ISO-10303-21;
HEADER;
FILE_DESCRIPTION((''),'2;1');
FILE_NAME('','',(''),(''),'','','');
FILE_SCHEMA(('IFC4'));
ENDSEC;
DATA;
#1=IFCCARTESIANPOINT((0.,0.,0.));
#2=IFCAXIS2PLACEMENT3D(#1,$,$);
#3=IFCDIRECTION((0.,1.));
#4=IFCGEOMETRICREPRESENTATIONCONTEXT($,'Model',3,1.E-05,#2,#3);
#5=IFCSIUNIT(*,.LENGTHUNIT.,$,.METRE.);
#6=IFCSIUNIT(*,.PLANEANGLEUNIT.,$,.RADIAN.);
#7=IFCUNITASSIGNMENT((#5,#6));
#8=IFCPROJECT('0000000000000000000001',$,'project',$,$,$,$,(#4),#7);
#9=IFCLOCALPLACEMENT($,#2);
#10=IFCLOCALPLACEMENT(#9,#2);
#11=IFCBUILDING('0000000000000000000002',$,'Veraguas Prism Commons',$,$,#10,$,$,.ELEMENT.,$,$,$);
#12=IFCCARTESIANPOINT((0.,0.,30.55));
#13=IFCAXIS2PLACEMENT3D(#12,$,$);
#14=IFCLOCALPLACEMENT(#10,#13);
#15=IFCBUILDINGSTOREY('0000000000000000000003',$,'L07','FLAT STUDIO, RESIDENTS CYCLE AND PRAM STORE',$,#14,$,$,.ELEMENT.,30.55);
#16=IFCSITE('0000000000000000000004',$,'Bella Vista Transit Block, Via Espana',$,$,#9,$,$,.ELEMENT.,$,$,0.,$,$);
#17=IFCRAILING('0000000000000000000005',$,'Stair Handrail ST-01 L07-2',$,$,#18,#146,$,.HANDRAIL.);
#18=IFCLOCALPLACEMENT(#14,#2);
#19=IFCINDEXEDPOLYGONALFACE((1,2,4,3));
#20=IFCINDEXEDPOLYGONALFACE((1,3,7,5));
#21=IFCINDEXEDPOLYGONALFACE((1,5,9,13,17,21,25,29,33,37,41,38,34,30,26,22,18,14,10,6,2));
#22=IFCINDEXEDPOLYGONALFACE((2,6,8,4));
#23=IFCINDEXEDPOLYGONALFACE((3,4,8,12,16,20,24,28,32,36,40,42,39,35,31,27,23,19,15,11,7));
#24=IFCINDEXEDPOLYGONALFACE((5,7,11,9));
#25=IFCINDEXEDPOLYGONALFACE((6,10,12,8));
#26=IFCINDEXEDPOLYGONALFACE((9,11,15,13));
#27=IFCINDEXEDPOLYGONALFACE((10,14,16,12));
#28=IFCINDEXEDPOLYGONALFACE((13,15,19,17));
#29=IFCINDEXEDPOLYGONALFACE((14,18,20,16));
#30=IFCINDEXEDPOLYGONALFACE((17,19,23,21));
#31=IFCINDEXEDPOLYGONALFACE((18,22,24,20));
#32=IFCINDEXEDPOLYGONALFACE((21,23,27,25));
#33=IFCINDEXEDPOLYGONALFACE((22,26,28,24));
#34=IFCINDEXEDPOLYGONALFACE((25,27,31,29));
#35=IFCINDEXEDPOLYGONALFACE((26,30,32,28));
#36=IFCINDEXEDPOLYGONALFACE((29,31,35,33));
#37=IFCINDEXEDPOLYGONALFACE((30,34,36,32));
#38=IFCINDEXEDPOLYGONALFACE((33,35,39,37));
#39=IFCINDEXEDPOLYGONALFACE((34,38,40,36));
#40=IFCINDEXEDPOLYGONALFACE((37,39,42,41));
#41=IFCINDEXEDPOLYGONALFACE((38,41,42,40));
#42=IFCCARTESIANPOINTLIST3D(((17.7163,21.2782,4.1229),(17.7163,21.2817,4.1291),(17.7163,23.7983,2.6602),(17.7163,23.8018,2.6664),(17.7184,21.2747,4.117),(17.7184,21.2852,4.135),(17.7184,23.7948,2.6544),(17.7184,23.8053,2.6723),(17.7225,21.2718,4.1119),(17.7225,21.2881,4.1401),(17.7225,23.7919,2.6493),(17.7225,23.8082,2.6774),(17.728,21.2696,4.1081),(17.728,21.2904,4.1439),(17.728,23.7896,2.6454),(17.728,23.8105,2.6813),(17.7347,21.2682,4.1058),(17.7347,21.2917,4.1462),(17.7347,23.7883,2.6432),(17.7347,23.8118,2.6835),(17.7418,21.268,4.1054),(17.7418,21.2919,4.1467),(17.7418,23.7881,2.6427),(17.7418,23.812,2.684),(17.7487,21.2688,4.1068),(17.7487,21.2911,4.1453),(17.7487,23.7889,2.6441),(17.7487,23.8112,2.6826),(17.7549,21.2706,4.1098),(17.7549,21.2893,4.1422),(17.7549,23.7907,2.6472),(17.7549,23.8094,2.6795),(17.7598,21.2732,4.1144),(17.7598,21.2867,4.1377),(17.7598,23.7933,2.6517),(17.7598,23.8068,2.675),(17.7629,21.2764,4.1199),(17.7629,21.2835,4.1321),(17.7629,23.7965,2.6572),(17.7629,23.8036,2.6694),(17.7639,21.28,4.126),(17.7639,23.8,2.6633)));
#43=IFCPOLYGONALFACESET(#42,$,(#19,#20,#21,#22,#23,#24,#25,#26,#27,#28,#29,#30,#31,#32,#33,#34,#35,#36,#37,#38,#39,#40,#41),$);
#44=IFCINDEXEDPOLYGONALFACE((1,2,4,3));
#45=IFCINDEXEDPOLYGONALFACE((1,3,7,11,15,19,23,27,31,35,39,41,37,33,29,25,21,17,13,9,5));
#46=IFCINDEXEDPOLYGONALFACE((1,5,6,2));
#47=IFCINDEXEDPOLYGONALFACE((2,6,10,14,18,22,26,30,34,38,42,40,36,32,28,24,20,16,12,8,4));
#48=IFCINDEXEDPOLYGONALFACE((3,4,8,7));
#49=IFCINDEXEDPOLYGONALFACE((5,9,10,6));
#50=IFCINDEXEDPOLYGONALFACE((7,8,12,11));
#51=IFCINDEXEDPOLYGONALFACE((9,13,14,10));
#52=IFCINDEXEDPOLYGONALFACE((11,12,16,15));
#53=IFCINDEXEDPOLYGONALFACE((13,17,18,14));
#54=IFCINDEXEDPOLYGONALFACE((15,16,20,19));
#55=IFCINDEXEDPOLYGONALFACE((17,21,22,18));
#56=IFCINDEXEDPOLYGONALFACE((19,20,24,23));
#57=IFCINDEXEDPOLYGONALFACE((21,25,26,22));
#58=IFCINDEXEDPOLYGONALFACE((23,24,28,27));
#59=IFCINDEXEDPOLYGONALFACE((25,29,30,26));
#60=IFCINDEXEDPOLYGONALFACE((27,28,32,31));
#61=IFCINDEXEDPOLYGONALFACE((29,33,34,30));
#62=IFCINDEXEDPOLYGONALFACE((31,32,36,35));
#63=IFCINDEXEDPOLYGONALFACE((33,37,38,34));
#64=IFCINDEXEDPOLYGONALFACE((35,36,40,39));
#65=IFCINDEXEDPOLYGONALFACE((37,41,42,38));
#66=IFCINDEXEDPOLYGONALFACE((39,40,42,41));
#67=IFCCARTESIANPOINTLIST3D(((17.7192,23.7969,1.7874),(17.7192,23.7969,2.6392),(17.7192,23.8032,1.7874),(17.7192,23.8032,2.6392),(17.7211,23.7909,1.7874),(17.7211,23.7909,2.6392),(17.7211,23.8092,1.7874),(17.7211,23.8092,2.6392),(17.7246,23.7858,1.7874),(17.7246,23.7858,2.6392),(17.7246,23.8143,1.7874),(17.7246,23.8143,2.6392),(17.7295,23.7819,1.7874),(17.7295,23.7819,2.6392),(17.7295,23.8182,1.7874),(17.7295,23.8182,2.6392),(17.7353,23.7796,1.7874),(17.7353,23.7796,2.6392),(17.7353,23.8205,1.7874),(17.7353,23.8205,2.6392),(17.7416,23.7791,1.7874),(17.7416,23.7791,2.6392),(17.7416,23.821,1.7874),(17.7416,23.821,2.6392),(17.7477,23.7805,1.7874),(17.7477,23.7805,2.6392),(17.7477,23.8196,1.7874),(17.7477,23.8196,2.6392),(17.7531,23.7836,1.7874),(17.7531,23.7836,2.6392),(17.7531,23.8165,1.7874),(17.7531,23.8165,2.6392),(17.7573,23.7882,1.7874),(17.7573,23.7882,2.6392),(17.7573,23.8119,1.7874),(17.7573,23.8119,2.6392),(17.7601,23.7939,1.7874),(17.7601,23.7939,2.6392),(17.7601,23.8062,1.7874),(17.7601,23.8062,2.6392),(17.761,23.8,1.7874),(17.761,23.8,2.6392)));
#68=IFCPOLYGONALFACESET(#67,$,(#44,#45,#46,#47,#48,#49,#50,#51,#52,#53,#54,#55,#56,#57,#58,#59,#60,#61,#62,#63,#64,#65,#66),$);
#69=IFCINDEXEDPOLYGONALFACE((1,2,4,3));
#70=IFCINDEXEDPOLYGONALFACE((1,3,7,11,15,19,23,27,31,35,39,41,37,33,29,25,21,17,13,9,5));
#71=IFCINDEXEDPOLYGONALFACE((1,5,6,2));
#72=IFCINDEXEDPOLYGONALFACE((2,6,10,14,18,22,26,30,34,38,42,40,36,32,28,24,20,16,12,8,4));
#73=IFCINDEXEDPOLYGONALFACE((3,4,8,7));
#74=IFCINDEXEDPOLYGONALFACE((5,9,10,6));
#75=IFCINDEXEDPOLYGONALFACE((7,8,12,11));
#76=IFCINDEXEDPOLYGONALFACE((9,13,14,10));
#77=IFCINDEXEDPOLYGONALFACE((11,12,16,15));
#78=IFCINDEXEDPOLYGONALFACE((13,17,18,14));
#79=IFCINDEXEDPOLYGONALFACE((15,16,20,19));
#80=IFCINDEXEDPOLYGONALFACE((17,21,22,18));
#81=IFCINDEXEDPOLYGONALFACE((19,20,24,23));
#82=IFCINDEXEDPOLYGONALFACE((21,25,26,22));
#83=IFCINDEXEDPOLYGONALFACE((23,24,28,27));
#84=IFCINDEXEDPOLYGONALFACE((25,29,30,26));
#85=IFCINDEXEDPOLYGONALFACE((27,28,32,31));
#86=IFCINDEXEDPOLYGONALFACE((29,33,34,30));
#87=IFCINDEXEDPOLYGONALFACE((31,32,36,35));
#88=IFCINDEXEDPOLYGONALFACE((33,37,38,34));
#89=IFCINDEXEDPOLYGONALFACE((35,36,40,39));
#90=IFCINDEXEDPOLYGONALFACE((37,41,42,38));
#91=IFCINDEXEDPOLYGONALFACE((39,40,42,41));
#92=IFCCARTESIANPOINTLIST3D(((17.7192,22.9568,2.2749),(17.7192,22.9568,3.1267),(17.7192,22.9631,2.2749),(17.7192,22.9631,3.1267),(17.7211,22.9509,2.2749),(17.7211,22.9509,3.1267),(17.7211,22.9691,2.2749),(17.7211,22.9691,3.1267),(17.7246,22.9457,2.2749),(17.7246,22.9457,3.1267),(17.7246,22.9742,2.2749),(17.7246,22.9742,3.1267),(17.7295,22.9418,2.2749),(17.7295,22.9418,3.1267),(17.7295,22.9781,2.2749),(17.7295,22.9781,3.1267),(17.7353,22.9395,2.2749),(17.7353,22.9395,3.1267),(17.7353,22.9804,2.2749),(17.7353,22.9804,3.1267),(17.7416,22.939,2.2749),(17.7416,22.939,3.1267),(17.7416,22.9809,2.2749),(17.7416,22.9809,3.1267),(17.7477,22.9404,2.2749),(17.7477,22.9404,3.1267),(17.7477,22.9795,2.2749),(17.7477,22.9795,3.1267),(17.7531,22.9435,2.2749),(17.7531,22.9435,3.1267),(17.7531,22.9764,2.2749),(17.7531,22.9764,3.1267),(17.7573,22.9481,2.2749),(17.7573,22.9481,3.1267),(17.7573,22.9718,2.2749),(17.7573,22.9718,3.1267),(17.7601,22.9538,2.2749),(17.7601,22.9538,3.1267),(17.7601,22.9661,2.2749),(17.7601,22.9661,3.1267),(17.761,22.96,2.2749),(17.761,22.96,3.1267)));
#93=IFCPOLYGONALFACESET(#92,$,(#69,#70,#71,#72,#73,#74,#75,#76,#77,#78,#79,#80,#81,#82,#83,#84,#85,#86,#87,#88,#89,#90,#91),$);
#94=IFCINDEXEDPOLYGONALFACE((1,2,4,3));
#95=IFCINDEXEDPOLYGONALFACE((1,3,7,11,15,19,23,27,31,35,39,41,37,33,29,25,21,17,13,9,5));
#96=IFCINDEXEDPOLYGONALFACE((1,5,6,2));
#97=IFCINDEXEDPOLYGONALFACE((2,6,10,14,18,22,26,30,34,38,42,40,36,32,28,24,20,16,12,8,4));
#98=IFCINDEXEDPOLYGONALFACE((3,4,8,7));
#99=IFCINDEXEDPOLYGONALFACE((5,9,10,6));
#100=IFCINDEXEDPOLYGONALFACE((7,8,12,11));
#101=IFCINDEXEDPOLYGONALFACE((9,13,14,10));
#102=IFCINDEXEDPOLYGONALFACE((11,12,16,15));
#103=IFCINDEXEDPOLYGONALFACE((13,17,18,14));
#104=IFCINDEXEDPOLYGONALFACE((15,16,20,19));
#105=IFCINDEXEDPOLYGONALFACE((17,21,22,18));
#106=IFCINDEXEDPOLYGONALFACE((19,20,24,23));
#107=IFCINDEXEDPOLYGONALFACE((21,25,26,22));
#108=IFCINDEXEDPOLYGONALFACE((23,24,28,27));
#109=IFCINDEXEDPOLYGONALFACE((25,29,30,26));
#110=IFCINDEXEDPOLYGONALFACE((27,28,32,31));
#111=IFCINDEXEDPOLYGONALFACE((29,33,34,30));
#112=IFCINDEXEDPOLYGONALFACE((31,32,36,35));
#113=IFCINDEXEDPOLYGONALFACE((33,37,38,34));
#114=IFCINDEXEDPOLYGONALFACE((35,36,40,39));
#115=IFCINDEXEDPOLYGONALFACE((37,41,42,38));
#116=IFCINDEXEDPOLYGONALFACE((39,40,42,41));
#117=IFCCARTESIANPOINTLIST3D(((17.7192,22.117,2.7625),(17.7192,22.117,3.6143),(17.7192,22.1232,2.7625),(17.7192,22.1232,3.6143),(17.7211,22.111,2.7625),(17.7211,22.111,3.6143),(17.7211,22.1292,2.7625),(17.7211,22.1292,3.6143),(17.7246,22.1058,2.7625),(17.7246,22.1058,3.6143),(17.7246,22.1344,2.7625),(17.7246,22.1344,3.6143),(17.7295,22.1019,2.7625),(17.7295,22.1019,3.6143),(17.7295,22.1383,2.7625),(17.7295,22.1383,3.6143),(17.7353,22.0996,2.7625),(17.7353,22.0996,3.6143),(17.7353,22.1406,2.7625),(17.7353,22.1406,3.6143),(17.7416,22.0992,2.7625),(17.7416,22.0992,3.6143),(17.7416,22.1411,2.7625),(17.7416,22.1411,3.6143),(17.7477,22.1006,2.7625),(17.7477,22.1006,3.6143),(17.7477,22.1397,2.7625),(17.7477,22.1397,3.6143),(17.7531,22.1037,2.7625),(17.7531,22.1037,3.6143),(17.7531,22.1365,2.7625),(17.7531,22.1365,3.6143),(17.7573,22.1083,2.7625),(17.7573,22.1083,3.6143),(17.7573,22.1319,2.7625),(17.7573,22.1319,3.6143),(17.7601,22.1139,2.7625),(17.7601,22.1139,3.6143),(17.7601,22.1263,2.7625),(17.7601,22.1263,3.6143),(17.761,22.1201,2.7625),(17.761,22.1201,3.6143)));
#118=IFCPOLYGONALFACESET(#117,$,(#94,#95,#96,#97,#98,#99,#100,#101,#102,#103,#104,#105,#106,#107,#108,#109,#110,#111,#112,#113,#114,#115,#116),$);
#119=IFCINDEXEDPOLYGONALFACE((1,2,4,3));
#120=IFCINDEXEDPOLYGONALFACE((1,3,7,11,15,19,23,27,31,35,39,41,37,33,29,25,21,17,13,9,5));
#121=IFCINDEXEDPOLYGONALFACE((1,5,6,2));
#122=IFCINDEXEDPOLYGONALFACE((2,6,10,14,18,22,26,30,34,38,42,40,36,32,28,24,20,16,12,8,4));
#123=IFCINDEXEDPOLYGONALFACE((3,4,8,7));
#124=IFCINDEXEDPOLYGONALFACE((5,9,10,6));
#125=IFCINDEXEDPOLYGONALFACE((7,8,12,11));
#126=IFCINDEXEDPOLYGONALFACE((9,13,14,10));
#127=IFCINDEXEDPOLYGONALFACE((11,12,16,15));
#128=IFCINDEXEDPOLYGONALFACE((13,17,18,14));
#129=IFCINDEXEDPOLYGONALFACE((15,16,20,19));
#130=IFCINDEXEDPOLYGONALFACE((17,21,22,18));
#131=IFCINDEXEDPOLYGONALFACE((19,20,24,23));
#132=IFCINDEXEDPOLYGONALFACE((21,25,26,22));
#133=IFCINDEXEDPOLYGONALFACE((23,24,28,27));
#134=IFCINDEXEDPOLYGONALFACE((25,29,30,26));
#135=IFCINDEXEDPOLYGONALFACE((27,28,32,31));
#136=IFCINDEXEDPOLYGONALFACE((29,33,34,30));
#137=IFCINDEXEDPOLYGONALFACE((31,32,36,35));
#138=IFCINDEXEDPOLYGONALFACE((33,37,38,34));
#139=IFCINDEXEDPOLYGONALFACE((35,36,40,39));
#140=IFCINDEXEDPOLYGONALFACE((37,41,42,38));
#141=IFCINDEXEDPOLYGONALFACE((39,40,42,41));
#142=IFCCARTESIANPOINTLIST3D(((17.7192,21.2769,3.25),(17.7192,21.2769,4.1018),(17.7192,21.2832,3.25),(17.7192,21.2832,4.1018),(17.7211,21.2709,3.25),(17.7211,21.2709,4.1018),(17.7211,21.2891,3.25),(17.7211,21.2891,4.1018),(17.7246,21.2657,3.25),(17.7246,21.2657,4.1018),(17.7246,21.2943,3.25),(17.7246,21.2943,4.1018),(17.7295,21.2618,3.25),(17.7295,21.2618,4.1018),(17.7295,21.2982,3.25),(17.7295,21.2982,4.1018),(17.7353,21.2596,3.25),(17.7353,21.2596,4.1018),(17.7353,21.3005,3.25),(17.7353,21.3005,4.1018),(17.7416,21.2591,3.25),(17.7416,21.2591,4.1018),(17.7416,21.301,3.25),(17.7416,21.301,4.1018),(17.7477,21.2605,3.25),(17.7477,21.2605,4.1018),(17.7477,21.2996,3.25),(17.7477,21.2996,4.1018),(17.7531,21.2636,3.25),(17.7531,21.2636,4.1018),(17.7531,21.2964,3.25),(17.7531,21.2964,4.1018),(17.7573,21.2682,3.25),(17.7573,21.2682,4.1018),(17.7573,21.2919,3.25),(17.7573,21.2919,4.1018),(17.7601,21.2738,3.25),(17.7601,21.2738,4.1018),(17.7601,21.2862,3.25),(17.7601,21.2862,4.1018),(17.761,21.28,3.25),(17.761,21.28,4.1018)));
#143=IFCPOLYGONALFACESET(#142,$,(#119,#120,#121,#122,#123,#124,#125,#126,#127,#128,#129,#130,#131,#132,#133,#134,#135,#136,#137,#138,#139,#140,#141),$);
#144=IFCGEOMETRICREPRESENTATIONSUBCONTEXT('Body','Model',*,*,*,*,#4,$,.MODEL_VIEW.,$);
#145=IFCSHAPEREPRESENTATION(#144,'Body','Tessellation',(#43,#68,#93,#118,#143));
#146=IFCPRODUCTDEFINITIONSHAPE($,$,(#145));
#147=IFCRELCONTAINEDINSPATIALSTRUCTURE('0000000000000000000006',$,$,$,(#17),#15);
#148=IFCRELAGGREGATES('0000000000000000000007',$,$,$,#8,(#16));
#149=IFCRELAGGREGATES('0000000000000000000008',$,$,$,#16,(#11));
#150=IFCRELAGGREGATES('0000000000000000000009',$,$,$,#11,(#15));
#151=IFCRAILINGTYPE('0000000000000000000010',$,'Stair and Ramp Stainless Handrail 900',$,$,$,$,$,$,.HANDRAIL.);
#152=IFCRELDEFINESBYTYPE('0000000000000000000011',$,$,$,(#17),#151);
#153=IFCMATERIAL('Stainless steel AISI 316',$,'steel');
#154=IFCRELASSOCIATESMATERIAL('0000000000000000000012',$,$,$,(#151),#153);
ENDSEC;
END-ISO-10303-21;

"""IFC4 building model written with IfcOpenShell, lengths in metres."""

from ifc_helpers import new_model, si_unit, direction, frame, origin, origin_2d, place, context, subcontext, project, spatial, circle, extrude, material, type_object, element, save


model = new_model("IFC4")

# Units and contexts
model_context = context("Model", 3, precision=1e-05, world=origin(), true_north=direction((0.0, 1.0)))
body_context = subcontext(model_context, "Body", "Model", "MODEL_VIEW")
ifc_project = project(units=[si_unit("LENGTHUNIT", "METRE"), si_unit("PLANEANGLEUNIT", "RADIAN")], contexts=[model_context])

# Site, building, storey
site_placement = place(None, origin())
site = spatial("IfcSite", under=ifc_project, at=site_placement, Name="Bella Vista Transit Block, Via Espana", CompositionType="ELEMENT", RefElevation=0.0)
building_placement = place(site_placement, origin())
building = spatial("IfcBuilding", under=site, at=building_placement, Name="Veraguas Prism Commons", CompositionType="ELEMENT")
storey_placement = place(building_placement, frame((0.0, 0.0, 30.55)))
storey = spatial("IfcBuildingStorey", under=building, at=storey_placement, Name="L07", Description="FLAT STUDIO, RESIDENTS CYCLE AND PRAM STORE", CompositionType="ELEMENT", Elevation=30.55)

# Railing
ifc_material_1 = material(Name="Stainless steel AISI 316", Category="steel")
railing_type_1 = type_object("IfcRailingType", Name="Stair and Ramp Stainless Handrail 900", PredefinedType="HANDRAIL", material=ifc_material_1)
railing_1_placement = place(storey_placement, frame((17.74, 23.8, 1.7874)))
element("IfcRailing", 1, at=railing_1_placement, inside=storey, type_object=railing_type_1, Name="Stair Handrail ST-01 L07-2", PredefinedType="HANDRAIL", context=body_context, shape_type="SweptSolid", body=[
    extrude(circle(Radius=0.0239, at=origin_2d()), frame((0.0, 0.0, 0.876), z_axis=(0.0, -0.864877, 0.501984), x_axis=(1.0, 0.0, 0.0)), (0.0, 0.0, 1.0), 2.9138),
    extrude(circle(Radius=0.021, at=origin_2d()), origin(), (0.0, 0.0, 1.0), 0.8518),
    extrude(circle(Radius=0.021, at=origin_2d()), frame((0.0, -0.8401, 0.4875)), (0.0, 0.0, 1.0), 0.8518),
    extrude(circle(Radius=0.021, at=origin_2d()), frame((0.0, -1.6799, 0.9751)), (0.0, 0.0, 1.0), 0.8518),
    extrude(circle(Radius=0.021, at=origin_2d()), frame((0.0, -2.52, 1.4626)), (0.0, 0.0, 1.0), 0.8518),
])

save(model, "model.ifc")
